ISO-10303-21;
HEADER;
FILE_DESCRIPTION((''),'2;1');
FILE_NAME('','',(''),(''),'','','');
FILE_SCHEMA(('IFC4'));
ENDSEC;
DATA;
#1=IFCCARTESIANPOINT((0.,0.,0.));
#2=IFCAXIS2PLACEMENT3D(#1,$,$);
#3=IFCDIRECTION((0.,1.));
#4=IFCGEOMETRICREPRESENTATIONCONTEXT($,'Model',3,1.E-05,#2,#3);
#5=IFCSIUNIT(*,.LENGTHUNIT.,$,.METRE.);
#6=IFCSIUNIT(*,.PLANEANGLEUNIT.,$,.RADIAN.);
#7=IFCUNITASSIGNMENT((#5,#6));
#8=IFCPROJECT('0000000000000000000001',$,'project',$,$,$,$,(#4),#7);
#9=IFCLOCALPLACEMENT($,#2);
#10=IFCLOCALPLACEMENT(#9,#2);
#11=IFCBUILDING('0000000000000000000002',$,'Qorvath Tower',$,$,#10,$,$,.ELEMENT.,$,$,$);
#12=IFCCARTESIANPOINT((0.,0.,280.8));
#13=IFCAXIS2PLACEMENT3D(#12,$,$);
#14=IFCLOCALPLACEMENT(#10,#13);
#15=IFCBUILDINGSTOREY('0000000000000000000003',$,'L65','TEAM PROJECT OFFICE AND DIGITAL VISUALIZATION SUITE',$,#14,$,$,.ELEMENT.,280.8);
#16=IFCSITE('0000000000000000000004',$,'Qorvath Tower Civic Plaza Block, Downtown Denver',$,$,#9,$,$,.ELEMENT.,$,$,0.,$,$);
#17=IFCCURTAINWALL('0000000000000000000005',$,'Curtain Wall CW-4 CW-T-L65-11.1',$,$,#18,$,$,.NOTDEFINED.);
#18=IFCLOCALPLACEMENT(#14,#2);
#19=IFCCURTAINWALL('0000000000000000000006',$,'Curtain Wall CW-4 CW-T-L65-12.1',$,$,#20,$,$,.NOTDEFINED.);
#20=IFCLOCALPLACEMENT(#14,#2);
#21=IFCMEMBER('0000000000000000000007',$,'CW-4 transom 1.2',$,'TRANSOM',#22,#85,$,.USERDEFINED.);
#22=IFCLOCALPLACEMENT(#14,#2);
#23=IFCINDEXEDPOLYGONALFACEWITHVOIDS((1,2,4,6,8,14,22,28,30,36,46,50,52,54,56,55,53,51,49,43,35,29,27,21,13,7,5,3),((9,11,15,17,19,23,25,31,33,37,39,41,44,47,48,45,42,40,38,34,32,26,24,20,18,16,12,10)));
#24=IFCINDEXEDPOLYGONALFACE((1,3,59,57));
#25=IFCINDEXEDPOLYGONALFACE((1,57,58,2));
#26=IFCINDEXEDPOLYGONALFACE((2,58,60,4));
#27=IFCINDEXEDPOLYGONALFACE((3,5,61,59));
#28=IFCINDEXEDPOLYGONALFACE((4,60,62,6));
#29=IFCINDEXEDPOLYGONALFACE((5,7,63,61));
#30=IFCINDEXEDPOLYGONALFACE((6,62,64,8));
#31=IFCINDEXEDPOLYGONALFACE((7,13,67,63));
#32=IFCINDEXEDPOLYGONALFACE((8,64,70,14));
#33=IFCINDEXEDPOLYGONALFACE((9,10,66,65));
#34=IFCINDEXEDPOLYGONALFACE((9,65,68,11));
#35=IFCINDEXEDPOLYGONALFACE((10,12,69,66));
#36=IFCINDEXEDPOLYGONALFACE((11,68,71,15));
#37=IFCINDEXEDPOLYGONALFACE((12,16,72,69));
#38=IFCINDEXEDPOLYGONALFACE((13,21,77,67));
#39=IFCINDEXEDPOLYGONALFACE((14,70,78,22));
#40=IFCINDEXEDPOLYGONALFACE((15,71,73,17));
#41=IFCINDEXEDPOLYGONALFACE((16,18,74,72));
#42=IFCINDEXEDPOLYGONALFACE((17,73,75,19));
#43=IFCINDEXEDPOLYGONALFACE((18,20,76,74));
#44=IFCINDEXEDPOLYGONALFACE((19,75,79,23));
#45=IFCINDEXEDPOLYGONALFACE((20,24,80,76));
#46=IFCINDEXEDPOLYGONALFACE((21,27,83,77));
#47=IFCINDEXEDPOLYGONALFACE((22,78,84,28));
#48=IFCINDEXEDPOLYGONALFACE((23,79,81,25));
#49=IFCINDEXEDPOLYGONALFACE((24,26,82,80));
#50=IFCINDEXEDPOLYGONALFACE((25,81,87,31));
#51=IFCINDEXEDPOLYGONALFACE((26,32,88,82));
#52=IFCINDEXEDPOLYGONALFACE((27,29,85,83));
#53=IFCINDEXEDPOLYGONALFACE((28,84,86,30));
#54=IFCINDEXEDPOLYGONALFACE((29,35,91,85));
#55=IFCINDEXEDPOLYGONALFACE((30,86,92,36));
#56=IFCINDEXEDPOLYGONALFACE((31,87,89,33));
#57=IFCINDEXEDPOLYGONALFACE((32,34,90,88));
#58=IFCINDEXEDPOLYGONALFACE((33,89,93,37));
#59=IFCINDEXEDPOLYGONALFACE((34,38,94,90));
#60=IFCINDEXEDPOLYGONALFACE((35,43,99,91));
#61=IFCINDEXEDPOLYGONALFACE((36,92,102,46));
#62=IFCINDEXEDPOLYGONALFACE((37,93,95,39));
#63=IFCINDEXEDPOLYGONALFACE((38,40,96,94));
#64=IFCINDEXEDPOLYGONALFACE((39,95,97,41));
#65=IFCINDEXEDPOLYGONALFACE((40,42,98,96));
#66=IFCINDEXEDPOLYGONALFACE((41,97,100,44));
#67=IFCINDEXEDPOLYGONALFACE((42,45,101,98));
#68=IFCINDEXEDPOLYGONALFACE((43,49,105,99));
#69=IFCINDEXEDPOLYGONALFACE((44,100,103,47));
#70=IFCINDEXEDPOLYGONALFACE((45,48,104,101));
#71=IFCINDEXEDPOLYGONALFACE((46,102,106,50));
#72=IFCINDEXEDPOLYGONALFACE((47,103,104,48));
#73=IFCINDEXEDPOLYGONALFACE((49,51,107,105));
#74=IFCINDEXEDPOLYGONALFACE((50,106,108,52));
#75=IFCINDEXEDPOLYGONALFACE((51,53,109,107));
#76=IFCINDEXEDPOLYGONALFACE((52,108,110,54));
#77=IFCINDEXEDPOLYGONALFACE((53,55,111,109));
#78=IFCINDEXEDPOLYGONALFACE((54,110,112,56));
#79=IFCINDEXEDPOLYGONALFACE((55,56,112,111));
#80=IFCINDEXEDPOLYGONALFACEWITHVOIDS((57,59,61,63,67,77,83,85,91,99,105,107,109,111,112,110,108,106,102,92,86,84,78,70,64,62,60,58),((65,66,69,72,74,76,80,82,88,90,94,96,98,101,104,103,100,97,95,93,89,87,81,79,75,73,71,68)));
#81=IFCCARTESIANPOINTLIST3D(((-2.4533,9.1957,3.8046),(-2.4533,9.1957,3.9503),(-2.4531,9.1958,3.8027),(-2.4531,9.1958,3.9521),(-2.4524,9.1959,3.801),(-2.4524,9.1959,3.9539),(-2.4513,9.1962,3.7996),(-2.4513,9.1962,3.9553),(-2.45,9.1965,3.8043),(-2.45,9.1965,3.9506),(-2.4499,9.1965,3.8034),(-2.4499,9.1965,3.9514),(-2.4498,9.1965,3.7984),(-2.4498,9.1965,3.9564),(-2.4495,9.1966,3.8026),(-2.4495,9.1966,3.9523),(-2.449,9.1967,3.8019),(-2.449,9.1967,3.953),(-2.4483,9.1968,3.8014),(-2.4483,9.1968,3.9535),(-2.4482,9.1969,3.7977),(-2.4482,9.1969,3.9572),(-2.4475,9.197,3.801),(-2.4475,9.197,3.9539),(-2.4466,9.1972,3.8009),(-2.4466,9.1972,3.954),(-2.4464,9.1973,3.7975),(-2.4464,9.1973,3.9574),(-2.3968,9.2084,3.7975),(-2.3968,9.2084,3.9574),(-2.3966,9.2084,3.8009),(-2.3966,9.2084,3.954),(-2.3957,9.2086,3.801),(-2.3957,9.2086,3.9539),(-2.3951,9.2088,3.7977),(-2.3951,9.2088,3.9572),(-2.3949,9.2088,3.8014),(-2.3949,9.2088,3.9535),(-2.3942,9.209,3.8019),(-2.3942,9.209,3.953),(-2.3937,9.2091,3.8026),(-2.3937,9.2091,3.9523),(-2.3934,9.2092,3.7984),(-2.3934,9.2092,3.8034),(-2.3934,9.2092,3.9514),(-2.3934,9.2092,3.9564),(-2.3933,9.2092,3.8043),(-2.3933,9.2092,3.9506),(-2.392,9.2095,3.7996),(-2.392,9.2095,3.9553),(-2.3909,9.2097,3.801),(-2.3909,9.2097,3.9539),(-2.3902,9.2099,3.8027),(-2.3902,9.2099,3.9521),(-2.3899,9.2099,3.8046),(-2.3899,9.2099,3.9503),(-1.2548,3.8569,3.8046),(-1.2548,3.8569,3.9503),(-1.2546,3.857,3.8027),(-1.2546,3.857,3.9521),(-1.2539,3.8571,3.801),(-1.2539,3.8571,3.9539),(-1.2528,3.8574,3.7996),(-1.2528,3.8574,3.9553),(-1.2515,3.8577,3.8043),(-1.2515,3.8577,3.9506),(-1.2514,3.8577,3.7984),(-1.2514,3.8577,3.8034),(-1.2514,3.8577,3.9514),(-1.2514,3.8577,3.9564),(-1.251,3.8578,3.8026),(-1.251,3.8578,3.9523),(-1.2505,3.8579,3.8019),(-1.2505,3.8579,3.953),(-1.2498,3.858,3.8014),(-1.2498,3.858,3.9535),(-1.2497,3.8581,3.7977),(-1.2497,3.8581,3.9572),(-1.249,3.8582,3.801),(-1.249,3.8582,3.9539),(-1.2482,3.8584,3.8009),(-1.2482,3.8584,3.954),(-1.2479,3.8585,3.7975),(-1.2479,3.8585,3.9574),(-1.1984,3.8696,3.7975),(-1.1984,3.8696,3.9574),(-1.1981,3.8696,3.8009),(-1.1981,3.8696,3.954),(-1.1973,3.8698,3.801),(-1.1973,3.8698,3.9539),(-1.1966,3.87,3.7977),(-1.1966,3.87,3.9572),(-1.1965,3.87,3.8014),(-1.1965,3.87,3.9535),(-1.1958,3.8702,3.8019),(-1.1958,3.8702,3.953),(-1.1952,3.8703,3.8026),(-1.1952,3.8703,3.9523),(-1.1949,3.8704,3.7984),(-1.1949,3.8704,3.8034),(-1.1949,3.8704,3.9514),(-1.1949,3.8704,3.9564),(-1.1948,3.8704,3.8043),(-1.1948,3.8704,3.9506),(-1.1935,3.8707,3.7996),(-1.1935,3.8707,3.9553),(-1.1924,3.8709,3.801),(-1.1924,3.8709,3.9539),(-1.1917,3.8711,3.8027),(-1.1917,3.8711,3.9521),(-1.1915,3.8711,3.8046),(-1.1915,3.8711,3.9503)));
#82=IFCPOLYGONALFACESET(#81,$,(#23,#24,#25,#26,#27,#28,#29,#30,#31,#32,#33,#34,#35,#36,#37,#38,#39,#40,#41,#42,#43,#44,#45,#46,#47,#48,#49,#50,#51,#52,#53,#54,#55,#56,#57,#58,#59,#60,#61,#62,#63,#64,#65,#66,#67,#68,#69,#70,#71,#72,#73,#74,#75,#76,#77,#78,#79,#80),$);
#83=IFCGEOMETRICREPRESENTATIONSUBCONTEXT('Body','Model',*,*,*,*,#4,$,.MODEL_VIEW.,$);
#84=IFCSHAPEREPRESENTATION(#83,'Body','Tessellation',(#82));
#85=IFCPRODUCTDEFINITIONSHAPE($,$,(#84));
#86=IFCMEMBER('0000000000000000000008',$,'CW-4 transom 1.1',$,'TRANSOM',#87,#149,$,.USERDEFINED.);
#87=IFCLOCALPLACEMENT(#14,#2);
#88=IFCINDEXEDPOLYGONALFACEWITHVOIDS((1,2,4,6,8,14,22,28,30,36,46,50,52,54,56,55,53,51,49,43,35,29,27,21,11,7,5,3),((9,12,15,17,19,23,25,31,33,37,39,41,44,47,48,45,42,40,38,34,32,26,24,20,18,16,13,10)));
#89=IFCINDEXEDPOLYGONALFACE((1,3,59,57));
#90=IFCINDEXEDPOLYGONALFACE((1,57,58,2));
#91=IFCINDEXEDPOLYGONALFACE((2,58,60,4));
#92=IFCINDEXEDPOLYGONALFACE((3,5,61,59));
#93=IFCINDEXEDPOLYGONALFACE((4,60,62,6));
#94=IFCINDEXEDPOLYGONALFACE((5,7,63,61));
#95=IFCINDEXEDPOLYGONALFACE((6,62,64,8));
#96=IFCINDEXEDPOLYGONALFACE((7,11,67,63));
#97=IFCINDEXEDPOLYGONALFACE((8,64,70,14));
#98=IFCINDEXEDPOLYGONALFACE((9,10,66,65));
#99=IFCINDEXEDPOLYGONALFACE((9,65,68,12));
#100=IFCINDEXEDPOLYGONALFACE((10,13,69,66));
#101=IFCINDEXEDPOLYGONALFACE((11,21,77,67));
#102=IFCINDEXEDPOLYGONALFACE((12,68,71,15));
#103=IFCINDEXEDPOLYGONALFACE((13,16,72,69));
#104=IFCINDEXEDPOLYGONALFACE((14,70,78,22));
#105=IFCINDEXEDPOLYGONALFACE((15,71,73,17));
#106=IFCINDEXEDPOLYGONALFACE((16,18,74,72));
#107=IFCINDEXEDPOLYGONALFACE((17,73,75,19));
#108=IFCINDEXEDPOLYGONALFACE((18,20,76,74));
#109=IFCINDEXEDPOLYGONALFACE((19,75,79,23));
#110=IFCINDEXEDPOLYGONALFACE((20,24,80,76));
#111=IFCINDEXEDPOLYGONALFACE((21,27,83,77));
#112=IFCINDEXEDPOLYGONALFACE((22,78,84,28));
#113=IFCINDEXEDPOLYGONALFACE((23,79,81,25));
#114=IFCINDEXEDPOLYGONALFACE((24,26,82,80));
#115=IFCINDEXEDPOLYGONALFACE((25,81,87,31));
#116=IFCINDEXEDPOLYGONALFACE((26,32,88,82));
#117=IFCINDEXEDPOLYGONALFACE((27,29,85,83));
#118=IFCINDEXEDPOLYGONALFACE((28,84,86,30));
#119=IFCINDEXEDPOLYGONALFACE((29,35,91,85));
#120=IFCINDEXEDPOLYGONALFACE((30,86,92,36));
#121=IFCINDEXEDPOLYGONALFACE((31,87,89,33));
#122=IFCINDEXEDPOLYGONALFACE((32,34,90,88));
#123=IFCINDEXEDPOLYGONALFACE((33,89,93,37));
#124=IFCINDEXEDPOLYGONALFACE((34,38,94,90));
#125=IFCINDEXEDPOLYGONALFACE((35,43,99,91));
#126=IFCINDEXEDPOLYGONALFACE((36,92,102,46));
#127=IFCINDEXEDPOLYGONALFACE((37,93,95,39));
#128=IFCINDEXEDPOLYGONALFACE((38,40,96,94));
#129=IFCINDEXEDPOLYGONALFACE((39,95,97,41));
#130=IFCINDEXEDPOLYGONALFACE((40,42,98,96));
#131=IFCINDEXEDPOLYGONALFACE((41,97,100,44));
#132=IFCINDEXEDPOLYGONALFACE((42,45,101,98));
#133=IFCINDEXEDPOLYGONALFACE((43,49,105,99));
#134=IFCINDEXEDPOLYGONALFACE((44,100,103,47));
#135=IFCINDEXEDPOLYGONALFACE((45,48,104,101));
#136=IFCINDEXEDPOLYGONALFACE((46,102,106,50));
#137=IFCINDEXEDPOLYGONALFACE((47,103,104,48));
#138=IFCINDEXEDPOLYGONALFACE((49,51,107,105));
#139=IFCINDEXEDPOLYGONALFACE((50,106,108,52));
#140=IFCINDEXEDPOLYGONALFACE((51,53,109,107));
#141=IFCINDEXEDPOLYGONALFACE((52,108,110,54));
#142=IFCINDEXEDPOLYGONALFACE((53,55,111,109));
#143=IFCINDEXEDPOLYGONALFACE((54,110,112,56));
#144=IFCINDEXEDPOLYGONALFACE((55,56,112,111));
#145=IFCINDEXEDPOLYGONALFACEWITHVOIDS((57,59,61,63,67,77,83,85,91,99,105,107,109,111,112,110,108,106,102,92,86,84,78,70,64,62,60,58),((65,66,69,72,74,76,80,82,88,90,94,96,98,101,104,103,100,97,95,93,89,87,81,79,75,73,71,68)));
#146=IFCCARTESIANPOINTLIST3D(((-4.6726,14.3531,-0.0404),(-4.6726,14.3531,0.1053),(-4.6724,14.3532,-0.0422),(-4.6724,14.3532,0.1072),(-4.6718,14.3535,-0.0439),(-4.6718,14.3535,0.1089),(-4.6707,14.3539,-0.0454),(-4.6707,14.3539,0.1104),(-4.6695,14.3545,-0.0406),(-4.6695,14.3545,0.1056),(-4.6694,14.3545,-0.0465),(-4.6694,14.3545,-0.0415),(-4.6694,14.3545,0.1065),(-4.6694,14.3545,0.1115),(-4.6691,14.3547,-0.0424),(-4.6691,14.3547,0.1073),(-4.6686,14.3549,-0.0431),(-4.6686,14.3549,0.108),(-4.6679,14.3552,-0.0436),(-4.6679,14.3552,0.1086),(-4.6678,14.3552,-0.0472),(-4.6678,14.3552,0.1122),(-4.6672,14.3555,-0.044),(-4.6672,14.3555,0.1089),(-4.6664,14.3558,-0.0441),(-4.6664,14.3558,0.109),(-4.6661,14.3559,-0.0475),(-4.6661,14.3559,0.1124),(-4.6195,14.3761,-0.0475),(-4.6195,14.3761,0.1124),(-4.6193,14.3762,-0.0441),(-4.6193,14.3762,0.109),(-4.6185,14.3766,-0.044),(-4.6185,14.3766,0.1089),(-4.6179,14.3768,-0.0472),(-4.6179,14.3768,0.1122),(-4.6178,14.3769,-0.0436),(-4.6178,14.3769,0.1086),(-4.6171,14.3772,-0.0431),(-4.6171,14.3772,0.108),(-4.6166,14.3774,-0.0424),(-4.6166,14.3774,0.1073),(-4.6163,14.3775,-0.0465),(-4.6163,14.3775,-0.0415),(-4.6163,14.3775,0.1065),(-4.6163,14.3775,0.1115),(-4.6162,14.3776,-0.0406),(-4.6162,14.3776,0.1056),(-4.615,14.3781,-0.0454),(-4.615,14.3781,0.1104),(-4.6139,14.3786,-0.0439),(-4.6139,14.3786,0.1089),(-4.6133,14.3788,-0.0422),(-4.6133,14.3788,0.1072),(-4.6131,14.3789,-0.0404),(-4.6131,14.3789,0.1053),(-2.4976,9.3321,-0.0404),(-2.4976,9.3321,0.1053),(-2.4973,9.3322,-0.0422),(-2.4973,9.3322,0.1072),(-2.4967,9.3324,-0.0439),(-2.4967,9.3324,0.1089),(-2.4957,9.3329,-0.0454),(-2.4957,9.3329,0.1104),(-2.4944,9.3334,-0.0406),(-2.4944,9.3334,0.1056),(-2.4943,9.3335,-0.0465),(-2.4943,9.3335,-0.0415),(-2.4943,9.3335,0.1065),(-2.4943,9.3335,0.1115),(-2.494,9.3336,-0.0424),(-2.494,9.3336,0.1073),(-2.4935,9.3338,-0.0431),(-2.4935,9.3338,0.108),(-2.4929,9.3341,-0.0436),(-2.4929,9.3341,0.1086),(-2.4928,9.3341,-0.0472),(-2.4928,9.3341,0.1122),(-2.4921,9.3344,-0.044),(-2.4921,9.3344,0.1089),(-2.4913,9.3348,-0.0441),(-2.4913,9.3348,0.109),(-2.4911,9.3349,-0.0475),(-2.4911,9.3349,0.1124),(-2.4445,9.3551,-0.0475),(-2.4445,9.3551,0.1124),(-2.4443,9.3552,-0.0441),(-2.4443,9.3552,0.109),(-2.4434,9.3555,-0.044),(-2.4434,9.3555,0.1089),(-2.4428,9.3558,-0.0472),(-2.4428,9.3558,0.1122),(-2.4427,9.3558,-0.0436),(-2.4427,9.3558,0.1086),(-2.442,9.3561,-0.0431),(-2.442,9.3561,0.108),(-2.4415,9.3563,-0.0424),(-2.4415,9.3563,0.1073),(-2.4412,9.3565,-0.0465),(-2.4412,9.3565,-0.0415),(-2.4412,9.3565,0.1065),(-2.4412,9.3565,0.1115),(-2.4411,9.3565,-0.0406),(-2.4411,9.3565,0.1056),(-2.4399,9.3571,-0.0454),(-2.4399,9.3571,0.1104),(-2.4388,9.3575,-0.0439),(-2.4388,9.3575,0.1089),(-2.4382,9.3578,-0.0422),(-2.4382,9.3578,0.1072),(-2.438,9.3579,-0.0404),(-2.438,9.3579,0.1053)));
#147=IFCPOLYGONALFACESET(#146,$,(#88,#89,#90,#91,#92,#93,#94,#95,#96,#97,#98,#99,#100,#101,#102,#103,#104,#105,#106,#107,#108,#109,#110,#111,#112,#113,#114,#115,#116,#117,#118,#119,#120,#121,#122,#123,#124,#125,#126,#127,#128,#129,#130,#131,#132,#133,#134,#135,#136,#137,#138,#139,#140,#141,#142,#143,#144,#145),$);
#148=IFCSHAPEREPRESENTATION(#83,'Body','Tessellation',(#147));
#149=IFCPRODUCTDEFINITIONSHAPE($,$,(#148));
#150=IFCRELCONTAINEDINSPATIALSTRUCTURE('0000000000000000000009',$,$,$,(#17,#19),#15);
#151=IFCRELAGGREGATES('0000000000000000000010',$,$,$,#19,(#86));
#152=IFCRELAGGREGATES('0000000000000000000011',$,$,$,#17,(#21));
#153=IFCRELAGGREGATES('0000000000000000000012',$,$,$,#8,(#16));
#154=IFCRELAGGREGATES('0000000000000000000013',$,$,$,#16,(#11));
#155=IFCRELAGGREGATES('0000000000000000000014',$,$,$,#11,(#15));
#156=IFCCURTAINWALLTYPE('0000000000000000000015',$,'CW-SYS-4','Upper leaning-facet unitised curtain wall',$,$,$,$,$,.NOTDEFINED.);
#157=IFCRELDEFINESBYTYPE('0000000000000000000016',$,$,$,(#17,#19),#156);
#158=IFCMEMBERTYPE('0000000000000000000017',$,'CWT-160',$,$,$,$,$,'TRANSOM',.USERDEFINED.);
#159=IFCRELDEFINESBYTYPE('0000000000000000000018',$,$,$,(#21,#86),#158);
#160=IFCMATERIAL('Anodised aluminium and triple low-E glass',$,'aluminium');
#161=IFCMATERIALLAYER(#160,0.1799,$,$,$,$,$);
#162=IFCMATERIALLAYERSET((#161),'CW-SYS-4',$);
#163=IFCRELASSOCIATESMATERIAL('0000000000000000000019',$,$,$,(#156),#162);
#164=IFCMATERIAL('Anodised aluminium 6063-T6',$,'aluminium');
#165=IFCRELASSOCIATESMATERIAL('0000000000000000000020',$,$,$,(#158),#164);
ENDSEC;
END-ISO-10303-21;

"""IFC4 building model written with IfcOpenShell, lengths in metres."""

from ifc_helpers import new_model, si_unit, direction, frame, origin, origin_2d, place, context, subcontext, project, spatial, hollow_rectangle, extrude, material, layer, layer_set, material_profile, profile_set, type_object, element, aggregate, save


model = new_model("IFC4")

# Units and contexts
model_context = context("Model", 3, precision=1e-05, world=origin(), true_north=direction((0.0, 1.0)))
body_context = subcontext(model_context, "Body", "Model", "MODEL_VIEW")
ifc_project = project(units=[si_unit("LENGTHUNIT", "METRE"), si_unit("PLANEANGLEUNIT", "RADIAN")], contexts=[model_context])

# Site, building, storey
site_placement = place(None, origin())
site = spatial("IfcSite", under=ifc_project, at=site_placement, Name="Qorvath Tower Civic Plaza Block, Downtown Denver", CompositionType="ELEMENT", RefElevation=0.0)
building_placement = place(site_placement, origin())
building = spatial("IfcBuilding", under=site, at=building_placement, Name="Qorvath Tower", CompositionType="ELEMENT")
storey_placement = place(building_placement, frame((0.0, 0.0, 280.8)))
storey = spatial("IfcBuildingStorey", under=building, at=storey_placement, Name="L65", Description="TEAM PROJECT OFFICE AND DIGITAL VISUALIZATION SUITE", CompositionType="ELEMENT", Elevation=280.8)

# Curtain wall
ifc_material_1 = material(Name="Anodised aluminium and triple low-E glass", Category="aluminium")
ifc_layer_1 = layer(ifc_material_1, 0.1799)
ifc_layer_set_1 = layer_set([ifc_layer_1], Name="CW-SYS-4")
curtain_wall_type = type_object("IfcCurtainWallType", Name="CW-SYS-4", Description="Upper leaning-facet unitised curtain wall", PredefinedType="NOTDEFINED", material=ifc_layer_set_1)
curtain_wall_1_placement = place(storey_placement, origin())
curtain_wall_1 = element("IfcCurtainWall", 1, at=curtain_wall_1_placement, inside=storey, type_object=curtain_wall_type, Name="Curtain Wall CW-4 CW-T-L65-11.1", PredefinedType="NOTDEFINED")

# Curtain wall
curtain_wall_2_placement = place(storey_placement, origin())
curtain_wall_2 = element("IfcCurtainWall", 2, at=curtain_wall_2_placement, inside=storey, type_object=curtain_wall_type, Name="Curtain Wall CW-4 CW-T-L65-12.1", PredefinedType="NOTDEFINED")

# Members
ifc_material_2 = material(Name="Anodised aluminium 6063-T6", Category="aluminium")
ifc_material_profile_1 = material_profile(ifc_material_2, hollow_rectangle(XDim=0.0649, YDim=0.1599, WallThickness=0.0034, InnerFilletRadius=0.0034, OuterFilletRadius=0.0071, at=origin_2d()), Name="CWT 160x65")
ifc_profile_set_1 = profile_set([ifc_material_profile_1], Name="Anodised aluminium 6063-T6")
member_type_1 = type_object("IfcMemberType", Name="CWT-160", ElementType="TRANSOM", PredefinedType="USERDEFINED", material=ifc_profile_set_1)
member_1_placement = place(storey_placement, frame((-1.2231, 3.864, 3.8774), z_axis=(-0.219032, 0.975718, 0.0), x_axis=(-0.975718, -0.219032, 0.0)))
member_1 = element("IfcMember", 3, at=member_1_placement, type_object=member_type_1, Name="CW-4 transom 1.2", ObjectType="TRANSOM", PredefinedType="USERDEFINED", context=body_context, shape_type="SweptSolid", body=[
    extrude(hollow_rectangle(XDim=0.0649, YDim=0.1599, WallThickness=0.0034, InnerFilletRadius=0.0034, OuterFilletRadius=0.0071, at=origin_2d()), origin(), (0.0, 0.0, 1.0), 5.4717),
])
member_2_placement = place(storey_placement, frame((-2.4678, 9.345, 0.0325), z_axis=(-0.397497, 0.917603, 0.0), x_axis=(-0.917603, -0.397497, 0.0)))
member_2 = element("IfcMember", 4, at=member_2_placement, type_object=member_type_1, Name="CW-4 transom 1.1", ObjectType="TRANSOM", PredefinedType="USERDEFINED", context=body_context, shape_type="SweptSolid", body=[
    extrude(hollow_rectangle(XDim=0.0649, YDim=0.1599, WallThickness=0.0034, InnerFilletRadius=0.0034, OuterFilletRadius=0.0071, at=origin_2d()), origin(), (0.0, 0.0, 1.0), 5.4719),
])
aggregate(curtain_wall_2, [member_2])

aggregate(curtain_wall_1, [member_1])

save(model, "model.ifc")
